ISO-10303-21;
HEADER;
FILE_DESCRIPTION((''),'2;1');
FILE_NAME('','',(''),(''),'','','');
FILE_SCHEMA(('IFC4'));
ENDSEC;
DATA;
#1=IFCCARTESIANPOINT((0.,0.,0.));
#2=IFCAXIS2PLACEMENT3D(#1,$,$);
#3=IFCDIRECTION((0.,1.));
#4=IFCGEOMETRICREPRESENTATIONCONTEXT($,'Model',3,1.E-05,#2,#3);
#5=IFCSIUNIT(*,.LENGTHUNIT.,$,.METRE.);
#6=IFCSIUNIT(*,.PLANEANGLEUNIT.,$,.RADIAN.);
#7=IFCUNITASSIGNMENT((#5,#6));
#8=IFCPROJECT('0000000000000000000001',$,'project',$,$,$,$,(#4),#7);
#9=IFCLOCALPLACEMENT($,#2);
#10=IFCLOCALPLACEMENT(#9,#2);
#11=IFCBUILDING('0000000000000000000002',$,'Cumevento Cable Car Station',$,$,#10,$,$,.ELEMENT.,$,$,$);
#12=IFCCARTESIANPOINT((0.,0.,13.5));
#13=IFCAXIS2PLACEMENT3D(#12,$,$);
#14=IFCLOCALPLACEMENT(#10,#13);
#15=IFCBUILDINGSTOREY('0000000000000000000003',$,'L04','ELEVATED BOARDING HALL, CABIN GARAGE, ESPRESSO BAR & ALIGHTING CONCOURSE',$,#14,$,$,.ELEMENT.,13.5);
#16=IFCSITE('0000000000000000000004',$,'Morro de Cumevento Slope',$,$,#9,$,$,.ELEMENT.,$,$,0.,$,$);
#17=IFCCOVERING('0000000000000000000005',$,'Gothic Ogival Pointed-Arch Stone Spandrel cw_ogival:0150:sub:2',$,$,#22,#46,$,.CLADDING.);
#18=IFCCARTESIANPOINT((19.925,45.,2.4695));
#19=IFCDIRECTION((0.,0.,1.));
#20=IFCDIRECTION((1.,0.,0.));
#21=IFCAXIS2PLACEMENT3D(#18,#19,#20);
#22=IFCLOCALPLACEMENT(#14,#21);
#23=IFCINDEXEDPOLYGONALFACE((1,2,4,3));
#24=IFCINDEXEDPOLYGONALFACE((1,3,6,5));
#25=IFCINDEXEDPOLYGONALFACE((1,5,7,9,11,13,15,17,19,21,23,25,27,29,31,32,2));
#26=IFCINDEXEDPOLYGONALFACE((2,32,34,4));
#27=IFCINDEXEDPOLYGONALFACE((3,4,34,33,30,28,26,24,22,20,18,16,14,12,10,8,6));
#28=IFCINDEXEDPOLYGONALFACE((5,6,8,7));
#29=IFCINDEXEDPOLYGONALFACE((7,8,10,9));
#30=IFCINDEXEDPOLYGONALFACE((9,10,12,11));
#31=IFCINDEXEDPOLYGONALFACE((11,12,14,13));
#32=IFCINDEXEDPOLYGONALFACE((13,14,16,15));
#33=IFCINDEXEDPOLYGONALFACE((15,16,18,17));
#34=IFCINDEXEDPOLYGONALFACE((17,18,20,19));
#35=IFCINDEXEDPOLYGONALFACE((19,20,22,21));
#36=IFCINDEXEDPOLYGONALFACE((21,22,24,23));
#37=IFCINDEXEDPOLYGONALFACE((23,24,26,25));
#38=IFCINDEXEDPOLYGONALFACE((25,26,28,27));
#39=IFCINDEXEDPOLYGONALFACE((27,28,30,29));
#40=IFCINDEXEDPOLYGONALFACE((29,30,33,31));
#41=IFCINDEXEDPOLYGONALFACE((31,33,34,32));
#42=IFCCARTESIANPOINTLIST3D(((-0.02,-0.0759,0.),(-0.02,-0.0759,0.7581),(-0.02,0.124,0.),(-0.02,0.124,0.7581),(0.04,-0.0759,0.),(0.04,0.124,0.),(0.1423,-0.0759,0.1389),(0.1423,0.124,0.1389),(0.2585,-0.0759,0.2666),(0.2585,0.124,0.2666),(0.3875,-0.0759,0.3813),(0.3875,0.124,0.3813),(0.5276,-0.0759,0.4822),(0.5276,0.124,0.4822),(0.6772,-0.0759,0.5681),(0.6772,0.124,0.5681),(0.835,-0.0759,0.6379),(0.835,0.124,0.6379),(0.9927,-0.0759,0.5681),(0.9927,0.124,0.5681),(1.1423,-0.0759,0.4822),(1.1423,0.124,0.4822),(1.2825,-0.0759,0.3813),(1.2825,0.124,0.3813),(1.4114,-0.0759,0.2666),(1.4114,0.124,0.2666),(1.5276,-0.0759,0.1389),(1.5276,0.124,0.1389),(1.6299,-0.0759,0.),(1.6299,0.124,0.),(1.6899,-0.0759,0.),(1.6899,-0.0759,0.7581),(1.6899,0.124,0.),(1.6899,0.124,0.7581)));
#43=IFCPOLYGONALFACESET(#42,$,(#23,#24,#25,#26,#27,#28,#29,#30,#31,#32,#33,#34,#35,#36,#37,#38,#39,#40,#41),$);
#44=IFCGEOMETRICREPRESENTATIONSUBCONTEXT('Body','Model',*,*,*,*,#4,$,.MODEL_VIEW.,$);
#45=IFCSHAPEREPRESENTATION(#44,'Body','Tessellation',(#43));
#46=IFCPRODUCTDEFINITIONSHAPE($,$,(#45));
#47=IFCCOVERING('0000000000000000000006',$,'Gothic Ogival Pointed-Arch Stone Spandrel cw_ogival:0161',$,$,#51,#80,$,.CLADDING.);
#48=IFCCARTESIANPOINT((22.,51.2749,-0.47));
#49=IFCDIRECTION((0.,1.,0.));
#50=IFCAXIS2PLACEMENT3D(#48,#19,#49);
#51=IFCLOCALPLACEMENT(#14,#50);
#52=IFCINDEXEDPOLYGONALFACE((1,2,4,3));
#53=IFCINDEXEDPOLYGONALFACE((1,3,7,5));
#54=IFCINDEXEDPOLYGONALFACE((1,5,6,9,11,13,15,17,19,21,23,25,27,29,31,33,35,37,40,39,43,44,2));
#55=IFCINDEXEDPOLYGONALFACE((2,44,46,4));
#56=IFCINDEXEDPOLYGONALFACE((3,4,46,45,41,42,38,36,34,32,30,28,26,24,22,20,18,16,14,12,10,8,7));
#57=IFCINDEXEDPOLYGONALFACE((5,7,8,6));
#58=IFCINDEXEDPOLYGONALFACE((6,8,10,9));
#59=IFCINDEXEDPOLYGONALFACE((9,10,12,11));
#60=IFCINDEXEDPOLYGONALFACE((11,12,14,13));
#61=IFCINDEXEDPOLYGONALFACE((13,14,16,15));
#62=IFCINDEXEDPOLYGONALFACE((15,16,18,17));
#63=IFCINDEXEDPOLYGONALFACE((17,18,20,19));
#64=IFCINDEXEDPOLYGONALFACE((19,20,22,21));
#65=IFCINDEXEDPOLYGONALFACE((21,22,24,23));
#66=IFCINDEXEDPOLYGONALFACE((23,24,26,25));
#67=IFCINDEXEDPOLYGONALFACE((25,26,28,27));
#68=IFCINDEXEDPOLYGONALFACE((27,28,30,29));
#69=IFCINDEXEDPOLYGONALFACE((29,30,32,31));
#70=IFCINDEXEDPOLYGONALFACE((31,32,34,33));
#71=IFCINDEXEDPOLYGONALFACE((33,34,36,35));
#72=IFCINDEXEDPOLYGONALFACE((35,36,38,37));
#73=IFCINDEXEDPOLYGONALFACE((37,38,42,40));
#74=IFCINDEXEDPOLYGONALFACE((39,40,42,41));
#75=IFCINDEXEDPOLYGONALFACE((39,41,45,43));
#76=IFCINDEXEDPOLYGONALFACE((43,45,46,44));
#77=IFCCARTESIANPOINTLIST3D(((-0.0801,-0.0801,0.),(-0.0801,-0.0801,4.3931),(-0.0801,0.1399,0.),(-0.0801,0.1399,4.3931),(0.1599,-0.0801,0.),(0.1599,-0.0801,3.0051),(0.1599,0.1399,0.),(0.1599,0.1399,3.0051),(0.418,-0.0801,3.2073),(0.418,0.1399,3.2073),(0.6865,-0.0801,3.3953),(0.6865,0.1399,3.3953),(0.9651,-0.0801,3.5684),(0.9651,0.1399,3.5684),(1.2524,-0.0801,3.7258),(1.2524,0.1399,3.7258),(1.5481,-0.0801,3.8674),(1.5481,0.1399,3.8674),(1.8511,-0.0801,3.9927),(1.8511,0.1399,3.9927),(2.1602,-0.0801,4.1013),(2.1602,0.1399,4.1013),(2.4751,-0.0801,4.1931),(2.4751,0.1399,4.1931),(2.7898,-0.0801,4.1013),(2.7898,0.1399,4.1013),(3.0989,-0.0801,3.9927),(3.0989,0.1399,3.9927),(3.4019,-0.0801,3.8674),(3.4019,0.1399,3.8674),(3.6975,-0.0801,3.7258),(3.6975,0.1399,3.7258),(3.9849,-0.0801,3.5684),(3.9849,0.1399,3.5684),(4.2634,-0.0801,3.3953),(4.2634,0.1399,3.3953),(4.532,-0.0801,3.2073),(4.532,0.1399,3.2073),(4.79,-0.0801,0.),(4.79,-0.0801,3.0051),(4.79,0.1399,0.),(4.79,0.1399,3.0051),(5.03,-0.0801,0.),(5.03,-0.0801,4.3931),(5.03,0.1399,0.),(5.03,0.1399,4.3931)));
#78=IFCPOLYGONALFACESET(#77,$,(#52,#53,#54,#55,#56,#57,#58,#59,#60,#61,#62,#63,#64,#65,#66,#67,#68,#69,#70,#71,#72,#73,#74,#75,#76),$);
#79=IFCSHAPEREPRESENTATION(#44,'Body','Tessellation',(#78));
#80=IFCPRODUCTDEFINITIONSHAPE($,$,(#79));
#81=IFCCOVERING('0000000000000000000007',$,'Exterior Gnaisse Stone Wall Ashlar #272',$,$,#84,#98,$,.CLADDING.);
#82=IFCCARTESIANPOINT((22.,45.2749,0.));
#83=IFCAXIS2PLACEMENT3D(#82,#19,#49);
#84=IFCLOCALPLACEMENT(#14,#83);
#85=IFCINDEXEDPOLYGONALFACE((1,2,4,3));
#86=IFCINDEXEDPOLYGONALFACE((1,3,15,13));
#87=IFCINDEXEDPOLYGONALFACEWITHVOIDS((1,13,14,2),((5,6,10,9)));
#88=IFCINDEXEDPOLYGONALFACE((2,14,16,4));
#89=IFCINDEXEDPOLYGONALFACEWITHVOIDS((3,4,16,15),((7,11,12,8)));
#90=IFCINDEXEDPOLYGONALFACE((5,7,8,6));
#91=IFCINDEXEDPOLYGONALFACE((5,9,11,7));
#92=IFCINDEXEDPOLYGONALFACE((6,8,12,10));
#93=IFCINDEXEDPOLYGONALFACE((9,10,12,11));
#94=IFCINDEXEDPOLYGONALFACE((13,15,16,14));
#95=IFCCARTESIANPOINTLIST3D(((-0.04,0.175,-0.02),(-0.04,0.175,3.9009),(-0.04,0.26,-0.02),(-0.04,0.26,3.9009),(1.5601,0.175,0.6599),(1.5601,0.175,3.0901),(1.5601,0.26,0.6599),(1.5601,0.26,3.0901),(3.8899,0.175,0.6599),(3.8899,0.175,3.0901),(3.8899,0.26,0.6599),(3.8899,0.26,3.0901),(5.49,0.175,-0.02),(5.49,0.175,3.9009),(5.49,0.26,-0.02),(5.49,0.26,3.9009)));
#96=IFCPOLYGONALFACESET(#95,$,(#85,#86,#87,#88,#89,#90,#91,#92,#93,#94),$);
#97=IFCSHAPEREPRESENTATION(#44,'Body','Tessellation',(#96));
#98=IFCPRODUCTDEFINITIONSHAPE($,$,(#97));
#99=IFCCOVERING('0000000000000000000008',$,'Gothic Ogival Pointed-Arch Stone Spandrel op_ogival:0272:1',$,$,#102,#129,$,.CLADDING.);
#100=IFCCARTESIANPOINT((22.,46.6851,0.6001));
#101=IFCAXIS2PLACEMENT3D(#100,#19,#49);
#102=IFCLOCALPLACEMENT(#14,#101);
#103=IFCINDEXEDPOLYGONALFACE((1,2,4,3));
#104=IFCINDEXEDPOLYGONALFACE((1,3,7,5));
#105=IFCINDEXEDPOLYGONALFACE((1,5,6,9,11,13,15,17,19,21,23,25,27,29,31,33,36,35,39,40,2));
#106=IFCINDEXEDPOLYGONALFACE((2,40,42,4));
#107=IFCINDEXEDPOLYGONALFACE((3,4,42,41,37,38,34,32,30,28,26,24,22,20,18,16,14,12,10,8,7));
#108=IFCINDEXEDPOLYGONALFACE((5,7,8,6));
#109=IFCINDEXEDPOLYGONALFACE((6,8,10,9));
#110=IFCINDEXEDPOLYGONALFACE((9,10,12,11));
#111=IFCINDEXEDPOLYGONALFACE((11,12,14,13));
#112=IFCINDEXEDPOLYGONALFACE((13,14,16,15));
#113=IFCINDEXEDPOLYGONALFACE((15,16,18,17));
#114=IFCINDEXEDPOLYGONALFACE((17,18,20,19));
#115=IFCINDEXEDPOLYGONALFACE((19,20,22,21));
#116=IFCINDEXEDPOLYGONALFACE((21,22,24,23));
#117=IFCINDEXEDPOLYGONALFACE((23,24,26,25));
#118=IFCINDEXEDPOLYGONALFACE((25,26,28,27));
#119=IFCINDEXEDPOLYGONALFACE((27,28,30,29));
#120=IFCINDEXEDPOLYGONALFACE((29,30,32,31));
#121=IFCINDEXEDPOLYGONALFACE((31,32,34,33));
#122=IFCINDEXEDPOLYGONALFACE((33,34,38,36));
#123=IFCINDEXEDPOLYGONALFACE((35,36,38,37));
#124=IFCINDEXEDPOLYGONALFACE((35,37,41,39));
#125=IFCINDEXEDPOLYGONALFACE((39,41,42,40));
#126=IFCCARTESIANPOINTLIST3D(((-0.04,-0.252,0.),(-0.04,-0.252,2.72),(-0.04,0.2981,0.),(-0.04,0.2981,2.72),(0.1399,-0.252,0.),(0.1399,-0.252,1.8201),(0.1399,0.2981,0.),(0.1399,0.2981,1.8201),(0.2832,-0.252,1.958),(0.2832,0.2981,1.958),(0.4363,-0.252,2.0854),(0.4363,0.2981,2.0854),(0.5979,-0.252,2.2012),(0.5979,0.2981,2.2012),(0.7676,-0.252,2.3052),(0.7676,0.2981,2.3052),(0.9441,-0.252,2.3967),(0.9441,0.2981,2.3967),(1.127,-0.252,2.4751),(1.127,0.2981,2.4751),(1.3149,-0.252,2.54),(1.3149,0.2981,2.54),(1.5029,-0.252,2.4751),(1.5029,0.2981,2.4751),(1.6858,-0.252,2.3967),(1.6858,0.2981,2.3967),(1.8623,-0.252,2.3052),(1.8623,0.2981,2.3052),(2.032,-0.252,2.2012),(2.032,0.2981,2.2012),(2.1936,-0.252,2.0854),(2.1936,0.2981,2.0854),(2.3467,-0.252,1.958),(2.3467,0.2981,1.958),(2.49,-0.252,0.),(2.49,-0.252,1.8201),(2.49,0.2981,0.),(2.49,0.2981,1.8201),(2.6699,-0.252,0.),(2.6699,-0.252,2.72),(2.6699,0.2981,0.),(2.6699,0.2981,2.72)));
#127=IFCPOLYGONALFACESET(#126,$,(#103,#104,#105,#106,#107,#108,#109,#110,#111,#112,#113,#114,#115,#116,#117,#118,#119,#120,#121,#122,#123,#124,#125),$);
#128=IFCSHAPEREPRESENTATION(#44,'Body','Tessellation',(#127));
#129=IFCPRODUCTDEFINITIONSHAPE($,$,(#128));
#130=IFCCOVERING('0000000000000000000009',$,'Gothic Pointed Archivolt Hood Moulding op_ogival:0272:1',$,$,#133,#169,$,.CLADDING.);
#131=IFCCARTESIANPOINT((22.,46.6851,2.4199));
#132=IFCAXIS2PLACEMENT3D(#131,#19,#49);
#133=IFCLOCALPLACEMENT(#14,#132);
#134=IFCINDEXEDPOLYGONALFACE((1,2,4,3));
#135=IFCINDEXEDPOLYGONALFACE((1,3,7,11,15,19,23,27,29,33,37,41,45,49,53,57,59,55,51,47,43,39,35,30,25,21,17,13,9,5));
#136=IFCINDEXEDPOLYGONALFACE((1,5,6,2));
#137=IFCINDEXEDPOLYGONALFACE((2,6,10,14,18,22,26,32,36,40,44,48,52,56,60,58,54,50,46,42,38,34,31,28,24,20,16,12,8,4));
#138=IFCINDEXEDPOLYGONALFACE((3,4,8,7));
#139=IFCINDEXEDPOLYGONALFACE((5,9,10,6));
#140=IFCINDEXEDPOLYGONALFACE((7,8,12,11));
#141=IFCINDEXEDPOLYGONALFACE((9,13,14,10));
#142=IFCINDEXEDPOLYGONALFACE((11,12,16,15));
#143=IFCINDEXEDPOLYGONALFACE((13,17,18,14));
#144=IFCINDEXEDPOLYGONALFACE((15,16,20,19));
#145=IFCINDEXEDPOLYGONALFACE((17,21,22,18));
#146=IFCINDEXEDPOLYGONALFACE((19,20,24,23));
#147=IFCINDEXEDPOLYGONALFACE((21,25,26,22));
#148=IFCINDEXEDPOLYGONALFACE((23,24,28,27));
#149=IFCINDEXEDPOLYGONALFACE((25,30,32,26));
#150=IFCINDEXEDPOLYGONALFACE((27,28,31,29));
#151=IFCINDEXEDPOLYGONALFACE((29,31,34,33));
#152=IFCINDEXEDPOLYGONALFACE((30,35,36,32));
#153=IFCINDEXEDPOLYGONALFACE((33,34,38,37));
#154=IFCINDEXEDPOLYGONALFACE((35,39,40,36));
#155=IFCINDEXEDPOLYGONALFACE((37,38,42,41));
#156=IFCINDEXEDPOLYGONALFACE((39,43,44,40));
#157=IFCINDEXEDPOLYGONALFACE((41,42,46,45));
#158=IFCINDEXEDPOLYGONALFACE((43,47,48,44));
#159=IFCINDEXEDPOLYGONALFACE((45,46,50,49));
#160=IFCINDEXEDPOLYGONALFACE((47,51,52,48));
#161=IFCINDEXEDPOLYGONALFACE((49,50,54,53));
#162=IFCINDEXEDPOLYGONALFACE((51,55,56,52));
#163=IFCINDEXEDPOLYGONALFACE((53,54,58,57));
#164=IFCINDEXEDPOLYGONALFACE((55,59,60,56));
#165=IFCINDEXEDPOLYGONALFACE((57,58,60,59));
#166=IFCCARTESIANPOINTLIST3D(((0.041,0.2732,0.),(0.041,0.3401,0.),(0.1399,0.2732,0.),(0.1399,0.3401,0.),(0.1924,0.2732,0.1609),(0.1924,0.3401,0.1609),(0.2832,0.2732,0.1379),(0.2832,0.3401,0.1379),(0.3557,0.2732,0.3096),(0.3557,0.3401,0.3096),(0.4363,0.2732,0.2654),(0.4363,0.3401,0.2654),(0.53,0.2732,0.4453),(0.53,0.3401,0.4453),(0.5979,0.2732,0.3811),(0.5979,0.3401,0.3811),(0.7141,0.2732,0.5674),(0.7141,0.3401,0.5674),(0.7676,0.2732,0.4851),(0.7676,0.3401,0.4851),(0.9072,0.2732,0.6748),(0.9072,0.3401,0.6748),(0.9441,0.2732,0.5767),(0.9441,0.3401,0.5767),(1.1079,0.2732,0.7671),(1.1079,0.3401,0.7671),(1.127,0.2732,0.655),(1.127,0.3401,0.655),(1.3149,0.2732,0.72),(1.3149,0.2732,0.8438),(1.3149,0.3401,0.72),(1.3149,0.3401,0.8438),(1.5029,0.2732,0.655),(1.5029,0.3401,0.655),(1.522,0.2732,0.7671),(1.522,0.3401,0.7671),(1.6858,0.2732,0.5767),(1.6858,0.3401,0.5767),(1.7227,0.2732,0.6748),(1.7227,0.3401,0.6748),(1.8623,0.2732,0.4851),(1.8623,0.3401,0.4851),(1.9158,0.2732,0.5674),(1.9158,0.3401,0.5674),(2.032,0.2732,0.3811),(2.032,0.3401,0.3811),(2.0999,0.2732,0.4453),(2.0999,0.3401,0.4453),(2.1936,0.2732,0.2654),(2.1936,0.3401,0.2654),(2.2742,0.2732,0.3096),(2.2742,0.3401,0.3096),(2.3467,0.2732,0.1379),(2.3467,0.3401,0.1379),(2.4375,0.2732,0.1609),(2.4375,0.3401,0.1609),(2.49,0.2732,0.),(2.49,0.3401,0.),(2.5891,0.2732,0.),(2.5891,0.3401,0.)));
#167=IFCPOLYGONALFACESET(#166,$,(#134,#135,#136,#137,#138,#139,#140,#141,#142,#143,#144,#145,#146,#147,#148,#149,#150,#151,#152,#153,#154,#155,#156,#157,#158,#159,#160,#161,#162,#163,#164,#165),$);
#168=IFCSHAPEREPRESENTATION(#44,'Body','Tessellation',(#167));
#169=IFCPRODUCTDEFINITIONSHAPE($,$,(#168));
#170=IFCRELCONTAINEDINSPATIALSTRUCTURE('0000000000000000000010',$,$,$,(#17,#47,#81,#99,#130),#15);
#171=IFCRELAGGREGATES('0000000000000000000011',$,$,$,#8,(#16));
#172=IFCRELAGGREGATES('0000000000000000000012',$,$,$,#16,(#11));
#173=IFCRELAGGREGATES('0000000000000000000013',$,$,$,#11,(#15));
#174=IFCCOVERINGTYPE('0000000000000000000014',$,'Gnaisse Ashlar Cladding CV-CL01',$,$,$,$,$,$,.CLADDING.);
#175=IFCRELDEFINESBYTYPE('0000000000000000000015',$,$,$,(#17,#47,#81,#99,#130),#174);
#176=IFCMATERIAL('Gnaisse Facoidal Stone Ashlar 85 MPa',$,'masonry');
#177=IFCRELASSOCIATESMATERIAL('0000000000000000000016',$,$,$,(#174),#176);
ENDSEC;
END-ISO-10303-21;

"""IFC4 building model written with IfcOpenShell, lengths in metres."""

from ifc_helpers import new_model, si_unit, direction, frame, origin, place, context, subcontext, project, spatial, polyline, outline, extrude, material, type_object, element, save


model = new_model("IFC4")

# Units and contexts
model_context = context("Model", 3, precision=1e-05, world=origin(), true_north=direction((0.0, 1.0)))
body_context = subcontext(model_context, "Body", "Model", "MODEL_VIEW")
ifc_project = project(units=[si_unit("LENGTHUNIT", "METRE"), si_unit("PLANEANGLEUNIT", "RADIAN")], contexts=[model_context])

# Site, building, storey
site_placement = place(None, origin())
site = spatial("IfcSite", under=ifc_project, at=site_placement, Name="Morro de Cumevento Slope", CompositionType="ELEMENT", RefElevation=0.0)
building_placement = place(site_placement, origin())
building = spatial("IfcBuilding", under=site, at=building_placement, Name="Cumevento Cable Car Station", CompositionType="ELEMENT")
storey_placement = place(building_placement, frame((0.0, 0.0, 13.5)))
storey = spatial("IfcBuildingStorey", under=building, at=storey_placement, Name="L04", Description="ELEVATED BOARDING HALL, CABIN GARAGE, ESPRESSO BAR & ALIGHTING CONCOURSE", CompositionType="ELEMENT", Elevation=13.5)

# Coverings
ifc_material_1 = material(Name="Gnaisse Facoidal Stone Ashlar 85 MPa", Category="masonry")
covering_type = type_object("IfcCoveringType", Name="Gnaisse Ashlar Cladding CV-CL01", PredefinedType="CLADDING", material=ifc_material_1)
covering_1_placement = place(storey_placement, frame((19.925, 45.0, 2.4695), z_axis=(0.0, 0.0, 1.0), x_axis=(1.0, 0.0, 0.0)))
element("IfcCovering", 1, at=covering_1_placement, inside=storey, type_object=covering_type, Name="Gothic Ogival Pointed-Arch Stone Spandrel cw_ogival:0150:sub:2", PredefinedType="CLADDING", context=body_context, shape_type="SweptSolid", body=[
    extrude(outline(polyline([(-0.02, 0.0), (-0.02, 0.7581), (1.6899, 0.7581), (1.6899, 0.0), (1.6299, 0.0), (1.5276, 0.1389), (1.4114, 0.2666), (1.2825, 0.3813), (1.1423, 0.4822), (0.9927, 0.5681), (0.835, 0.6379), (0.6772, 0.5681), (0.5276, 0.4822), (0.3875, 0.3813), (0.2585, 0.2666), (0.1423, 0.1389), (0.04, 0.0), (-0.02, 0.0)])), frame((0.0, 0.124, 0.0), z_axis=(0.0, -1.0, 0.0), x_axis=(1.0, 0.0, 0.0)), (0.0, 0.0, 1.0), 0.2),
])
covering_2_placement = place(storey_placement, frame((22.0, 51.2749, -0.47), z_axis=(0.0, 0.0, 1.0), x_axis=(0.0, 1.0, 0.0)))
element("IfcCovering", 2, at=covering_2_placement, inside=storey, type_object=covering_type, Name="Gothic Ogival Pointed-Arch Stone Spandrel cw_ogival:0161", PredefinedType="CLADDING", context=body_context, shape_type="SweptSolid", body=[
    extrude(outline(polyline([(-0.0801, 0.0), (-0.0801, 4.3931), (5.03, 4.3931), (5.03, 0.0), (4.79, 0.0), (4.79, 3.0051), (4.532, 3.2073), (4.2634, 3.3953), (3.9849, 3.5684), (3.6975, 3.7258), (3.4019, 3.8674), (3.0989, 3.9927), (2.7898, 4.1013), (2.4751, 4.1931), (2.1602, 4.1013), (1.8511, 3.9927), (1.5481, 3.8674), (1.2524, 3.7258), (0.9651, 3.5684), (0.6865, 3.3953), (0.418, 3.2073), (0.1599, 3.0051), (0.1599, 0.0), (-0.0801, 0.0)])), frame((0.0, 0.1399, 0.0), z_axis=(0.0, -1.0, 0.0), x_axis=(1.0, 0.0, 0.0)), (0.0, 0.0, 1.0), 0.22),
])
covering_3_placement = place(storey_placement, frame((22.0, 45.2749, 0.0), z_axis=(0.0, 0.0, 1.0), x_axis=(0.0, 1.0, 0.0)))
element("IfcCovering", 3, at=covering_3_placement, inside=storey, type_object=covering_type, Name="Exterior Gnaisse Stone Wall Ashlar #272", PredefinedType="CLADDING", context=body_context, shape_type="SweptSolid", body=[
    extrude(outline(polyline([(-0.04, -0.02), (5.49, -0.02), (5.49, 3.9009), (-0.04, 3.9009), (-0.04, -0.02)]), holes=[polyline([(1.5601, 0.6599), (3.8899, 0.6599), (3.8899, 3.0901), (1.5601, 3.0901), (1.5601, 0.6599)])]), frame((0.0, 0.26, 0.0), z_axis=(0.0, -1.0, 0.0), x_axis=(1.0, 0.0, 0.0)), (0.0, 0.0, 1.0), 0.085),
])
covering_4_placement = place(storey_placement, frame((22.0, 46.6851, 0.6001), z_axis=(0.0, 0.0, 1.0), x_axis=(0.0, 1.0, 0.0)))
element("IfcCovering", 4, at=covering_4_placement, inside=storey, type_object=covering_type, Name="Gothic Ogival Pointed-Arch Stone Spandrel op_ogival:0272:1", PredefinedType="CLADDING", context=body_context, shape_type="SweptSolid", body=[
    extrude(outline(polyline([(-0.04, 0.0), (-0.04, 2.72), (2.6699, 2.72), (2.6699, 0.0), (2.49, 0.0), (2.49, 1.8201), (2.3467, 1.958), (2.1936, 2.0854), (2.032, 2.2012), (1.8623, 2.3052), (1.6858, 2.3967), (1.5029, 2.4751), (1.3149, 2.54), (1.127, 2.4751), (0.9441, 2.3967), (0.7676, 2.3052), (0.5979, 2.2012), (0.4363, 2.0854), (0.2832, 1.958), (0.1399, 1.8201), (0.1399, 0.0), (-0.04, 0.0)])), frame((0.0, 0.2981, 0.0), z_axis=(0.0, -1.0, 0.0), x_axis=(1.0, 0.0, 0.0)), (0.0, 0.0, 1.0), 0.55),
])
covering_5_placement = place(storey_placement, frame((22.0, 46.6851, 2.4199), z_axis=(0.0, 0.0, 1.0), x_axis=(0.0, 1.0, 0.0)))
element("IfcCovering", 5, at=covering_5_placement, inside=storey, type_object=covering_type, Name="Gothic Pointed Archivolt Hood Moulding op_ogival:0272:1", PredefinedType="CLADDING", context=body_context, shape_type="SweptSolid", body=[
    extrude(outline(polyline([(0.1399, 0.0), (0.2832, 0.1379), (0.4363, 0.2654), (0.5979, 0.3811), (0.7676, 0.4851), (0.9441, 0.5767), (1.127, 0.655), (1.3149, 0.72), (1.5029, 0.655), (1.6858, 0.5767), (1.8623, 0.4851), (2.032, 0.3811), (2.1936, 0.2654), (2.3467, 0.1379), (2.49, 0.0), (2.5891, 0.0), (2.4375, 0.1609), (2.2742, 0.3096), (2.0999, 0.4453), (1.9158, 0.5674), (1.7227, 0.6748), (1.522, 0.7671), (1.3149, 0.8438), (1.1079, 0.7671), (0.9072, 0.6748), (0.7141, 0.5674), (0.53, 0.4453), (0.3557, 0.3096), (0.1924, 0.1609), (0.041, 0.0), (0.1399, 0.0)])), frame((0.0, 0.3401, 0.0), z_axis=(0.0, -1.0, 0.0), x_axis=(1.0, 0.0, 0.0)), (0.0, 0.0, 1.0), 0.0669),
])

save(model, "model.ifc")
